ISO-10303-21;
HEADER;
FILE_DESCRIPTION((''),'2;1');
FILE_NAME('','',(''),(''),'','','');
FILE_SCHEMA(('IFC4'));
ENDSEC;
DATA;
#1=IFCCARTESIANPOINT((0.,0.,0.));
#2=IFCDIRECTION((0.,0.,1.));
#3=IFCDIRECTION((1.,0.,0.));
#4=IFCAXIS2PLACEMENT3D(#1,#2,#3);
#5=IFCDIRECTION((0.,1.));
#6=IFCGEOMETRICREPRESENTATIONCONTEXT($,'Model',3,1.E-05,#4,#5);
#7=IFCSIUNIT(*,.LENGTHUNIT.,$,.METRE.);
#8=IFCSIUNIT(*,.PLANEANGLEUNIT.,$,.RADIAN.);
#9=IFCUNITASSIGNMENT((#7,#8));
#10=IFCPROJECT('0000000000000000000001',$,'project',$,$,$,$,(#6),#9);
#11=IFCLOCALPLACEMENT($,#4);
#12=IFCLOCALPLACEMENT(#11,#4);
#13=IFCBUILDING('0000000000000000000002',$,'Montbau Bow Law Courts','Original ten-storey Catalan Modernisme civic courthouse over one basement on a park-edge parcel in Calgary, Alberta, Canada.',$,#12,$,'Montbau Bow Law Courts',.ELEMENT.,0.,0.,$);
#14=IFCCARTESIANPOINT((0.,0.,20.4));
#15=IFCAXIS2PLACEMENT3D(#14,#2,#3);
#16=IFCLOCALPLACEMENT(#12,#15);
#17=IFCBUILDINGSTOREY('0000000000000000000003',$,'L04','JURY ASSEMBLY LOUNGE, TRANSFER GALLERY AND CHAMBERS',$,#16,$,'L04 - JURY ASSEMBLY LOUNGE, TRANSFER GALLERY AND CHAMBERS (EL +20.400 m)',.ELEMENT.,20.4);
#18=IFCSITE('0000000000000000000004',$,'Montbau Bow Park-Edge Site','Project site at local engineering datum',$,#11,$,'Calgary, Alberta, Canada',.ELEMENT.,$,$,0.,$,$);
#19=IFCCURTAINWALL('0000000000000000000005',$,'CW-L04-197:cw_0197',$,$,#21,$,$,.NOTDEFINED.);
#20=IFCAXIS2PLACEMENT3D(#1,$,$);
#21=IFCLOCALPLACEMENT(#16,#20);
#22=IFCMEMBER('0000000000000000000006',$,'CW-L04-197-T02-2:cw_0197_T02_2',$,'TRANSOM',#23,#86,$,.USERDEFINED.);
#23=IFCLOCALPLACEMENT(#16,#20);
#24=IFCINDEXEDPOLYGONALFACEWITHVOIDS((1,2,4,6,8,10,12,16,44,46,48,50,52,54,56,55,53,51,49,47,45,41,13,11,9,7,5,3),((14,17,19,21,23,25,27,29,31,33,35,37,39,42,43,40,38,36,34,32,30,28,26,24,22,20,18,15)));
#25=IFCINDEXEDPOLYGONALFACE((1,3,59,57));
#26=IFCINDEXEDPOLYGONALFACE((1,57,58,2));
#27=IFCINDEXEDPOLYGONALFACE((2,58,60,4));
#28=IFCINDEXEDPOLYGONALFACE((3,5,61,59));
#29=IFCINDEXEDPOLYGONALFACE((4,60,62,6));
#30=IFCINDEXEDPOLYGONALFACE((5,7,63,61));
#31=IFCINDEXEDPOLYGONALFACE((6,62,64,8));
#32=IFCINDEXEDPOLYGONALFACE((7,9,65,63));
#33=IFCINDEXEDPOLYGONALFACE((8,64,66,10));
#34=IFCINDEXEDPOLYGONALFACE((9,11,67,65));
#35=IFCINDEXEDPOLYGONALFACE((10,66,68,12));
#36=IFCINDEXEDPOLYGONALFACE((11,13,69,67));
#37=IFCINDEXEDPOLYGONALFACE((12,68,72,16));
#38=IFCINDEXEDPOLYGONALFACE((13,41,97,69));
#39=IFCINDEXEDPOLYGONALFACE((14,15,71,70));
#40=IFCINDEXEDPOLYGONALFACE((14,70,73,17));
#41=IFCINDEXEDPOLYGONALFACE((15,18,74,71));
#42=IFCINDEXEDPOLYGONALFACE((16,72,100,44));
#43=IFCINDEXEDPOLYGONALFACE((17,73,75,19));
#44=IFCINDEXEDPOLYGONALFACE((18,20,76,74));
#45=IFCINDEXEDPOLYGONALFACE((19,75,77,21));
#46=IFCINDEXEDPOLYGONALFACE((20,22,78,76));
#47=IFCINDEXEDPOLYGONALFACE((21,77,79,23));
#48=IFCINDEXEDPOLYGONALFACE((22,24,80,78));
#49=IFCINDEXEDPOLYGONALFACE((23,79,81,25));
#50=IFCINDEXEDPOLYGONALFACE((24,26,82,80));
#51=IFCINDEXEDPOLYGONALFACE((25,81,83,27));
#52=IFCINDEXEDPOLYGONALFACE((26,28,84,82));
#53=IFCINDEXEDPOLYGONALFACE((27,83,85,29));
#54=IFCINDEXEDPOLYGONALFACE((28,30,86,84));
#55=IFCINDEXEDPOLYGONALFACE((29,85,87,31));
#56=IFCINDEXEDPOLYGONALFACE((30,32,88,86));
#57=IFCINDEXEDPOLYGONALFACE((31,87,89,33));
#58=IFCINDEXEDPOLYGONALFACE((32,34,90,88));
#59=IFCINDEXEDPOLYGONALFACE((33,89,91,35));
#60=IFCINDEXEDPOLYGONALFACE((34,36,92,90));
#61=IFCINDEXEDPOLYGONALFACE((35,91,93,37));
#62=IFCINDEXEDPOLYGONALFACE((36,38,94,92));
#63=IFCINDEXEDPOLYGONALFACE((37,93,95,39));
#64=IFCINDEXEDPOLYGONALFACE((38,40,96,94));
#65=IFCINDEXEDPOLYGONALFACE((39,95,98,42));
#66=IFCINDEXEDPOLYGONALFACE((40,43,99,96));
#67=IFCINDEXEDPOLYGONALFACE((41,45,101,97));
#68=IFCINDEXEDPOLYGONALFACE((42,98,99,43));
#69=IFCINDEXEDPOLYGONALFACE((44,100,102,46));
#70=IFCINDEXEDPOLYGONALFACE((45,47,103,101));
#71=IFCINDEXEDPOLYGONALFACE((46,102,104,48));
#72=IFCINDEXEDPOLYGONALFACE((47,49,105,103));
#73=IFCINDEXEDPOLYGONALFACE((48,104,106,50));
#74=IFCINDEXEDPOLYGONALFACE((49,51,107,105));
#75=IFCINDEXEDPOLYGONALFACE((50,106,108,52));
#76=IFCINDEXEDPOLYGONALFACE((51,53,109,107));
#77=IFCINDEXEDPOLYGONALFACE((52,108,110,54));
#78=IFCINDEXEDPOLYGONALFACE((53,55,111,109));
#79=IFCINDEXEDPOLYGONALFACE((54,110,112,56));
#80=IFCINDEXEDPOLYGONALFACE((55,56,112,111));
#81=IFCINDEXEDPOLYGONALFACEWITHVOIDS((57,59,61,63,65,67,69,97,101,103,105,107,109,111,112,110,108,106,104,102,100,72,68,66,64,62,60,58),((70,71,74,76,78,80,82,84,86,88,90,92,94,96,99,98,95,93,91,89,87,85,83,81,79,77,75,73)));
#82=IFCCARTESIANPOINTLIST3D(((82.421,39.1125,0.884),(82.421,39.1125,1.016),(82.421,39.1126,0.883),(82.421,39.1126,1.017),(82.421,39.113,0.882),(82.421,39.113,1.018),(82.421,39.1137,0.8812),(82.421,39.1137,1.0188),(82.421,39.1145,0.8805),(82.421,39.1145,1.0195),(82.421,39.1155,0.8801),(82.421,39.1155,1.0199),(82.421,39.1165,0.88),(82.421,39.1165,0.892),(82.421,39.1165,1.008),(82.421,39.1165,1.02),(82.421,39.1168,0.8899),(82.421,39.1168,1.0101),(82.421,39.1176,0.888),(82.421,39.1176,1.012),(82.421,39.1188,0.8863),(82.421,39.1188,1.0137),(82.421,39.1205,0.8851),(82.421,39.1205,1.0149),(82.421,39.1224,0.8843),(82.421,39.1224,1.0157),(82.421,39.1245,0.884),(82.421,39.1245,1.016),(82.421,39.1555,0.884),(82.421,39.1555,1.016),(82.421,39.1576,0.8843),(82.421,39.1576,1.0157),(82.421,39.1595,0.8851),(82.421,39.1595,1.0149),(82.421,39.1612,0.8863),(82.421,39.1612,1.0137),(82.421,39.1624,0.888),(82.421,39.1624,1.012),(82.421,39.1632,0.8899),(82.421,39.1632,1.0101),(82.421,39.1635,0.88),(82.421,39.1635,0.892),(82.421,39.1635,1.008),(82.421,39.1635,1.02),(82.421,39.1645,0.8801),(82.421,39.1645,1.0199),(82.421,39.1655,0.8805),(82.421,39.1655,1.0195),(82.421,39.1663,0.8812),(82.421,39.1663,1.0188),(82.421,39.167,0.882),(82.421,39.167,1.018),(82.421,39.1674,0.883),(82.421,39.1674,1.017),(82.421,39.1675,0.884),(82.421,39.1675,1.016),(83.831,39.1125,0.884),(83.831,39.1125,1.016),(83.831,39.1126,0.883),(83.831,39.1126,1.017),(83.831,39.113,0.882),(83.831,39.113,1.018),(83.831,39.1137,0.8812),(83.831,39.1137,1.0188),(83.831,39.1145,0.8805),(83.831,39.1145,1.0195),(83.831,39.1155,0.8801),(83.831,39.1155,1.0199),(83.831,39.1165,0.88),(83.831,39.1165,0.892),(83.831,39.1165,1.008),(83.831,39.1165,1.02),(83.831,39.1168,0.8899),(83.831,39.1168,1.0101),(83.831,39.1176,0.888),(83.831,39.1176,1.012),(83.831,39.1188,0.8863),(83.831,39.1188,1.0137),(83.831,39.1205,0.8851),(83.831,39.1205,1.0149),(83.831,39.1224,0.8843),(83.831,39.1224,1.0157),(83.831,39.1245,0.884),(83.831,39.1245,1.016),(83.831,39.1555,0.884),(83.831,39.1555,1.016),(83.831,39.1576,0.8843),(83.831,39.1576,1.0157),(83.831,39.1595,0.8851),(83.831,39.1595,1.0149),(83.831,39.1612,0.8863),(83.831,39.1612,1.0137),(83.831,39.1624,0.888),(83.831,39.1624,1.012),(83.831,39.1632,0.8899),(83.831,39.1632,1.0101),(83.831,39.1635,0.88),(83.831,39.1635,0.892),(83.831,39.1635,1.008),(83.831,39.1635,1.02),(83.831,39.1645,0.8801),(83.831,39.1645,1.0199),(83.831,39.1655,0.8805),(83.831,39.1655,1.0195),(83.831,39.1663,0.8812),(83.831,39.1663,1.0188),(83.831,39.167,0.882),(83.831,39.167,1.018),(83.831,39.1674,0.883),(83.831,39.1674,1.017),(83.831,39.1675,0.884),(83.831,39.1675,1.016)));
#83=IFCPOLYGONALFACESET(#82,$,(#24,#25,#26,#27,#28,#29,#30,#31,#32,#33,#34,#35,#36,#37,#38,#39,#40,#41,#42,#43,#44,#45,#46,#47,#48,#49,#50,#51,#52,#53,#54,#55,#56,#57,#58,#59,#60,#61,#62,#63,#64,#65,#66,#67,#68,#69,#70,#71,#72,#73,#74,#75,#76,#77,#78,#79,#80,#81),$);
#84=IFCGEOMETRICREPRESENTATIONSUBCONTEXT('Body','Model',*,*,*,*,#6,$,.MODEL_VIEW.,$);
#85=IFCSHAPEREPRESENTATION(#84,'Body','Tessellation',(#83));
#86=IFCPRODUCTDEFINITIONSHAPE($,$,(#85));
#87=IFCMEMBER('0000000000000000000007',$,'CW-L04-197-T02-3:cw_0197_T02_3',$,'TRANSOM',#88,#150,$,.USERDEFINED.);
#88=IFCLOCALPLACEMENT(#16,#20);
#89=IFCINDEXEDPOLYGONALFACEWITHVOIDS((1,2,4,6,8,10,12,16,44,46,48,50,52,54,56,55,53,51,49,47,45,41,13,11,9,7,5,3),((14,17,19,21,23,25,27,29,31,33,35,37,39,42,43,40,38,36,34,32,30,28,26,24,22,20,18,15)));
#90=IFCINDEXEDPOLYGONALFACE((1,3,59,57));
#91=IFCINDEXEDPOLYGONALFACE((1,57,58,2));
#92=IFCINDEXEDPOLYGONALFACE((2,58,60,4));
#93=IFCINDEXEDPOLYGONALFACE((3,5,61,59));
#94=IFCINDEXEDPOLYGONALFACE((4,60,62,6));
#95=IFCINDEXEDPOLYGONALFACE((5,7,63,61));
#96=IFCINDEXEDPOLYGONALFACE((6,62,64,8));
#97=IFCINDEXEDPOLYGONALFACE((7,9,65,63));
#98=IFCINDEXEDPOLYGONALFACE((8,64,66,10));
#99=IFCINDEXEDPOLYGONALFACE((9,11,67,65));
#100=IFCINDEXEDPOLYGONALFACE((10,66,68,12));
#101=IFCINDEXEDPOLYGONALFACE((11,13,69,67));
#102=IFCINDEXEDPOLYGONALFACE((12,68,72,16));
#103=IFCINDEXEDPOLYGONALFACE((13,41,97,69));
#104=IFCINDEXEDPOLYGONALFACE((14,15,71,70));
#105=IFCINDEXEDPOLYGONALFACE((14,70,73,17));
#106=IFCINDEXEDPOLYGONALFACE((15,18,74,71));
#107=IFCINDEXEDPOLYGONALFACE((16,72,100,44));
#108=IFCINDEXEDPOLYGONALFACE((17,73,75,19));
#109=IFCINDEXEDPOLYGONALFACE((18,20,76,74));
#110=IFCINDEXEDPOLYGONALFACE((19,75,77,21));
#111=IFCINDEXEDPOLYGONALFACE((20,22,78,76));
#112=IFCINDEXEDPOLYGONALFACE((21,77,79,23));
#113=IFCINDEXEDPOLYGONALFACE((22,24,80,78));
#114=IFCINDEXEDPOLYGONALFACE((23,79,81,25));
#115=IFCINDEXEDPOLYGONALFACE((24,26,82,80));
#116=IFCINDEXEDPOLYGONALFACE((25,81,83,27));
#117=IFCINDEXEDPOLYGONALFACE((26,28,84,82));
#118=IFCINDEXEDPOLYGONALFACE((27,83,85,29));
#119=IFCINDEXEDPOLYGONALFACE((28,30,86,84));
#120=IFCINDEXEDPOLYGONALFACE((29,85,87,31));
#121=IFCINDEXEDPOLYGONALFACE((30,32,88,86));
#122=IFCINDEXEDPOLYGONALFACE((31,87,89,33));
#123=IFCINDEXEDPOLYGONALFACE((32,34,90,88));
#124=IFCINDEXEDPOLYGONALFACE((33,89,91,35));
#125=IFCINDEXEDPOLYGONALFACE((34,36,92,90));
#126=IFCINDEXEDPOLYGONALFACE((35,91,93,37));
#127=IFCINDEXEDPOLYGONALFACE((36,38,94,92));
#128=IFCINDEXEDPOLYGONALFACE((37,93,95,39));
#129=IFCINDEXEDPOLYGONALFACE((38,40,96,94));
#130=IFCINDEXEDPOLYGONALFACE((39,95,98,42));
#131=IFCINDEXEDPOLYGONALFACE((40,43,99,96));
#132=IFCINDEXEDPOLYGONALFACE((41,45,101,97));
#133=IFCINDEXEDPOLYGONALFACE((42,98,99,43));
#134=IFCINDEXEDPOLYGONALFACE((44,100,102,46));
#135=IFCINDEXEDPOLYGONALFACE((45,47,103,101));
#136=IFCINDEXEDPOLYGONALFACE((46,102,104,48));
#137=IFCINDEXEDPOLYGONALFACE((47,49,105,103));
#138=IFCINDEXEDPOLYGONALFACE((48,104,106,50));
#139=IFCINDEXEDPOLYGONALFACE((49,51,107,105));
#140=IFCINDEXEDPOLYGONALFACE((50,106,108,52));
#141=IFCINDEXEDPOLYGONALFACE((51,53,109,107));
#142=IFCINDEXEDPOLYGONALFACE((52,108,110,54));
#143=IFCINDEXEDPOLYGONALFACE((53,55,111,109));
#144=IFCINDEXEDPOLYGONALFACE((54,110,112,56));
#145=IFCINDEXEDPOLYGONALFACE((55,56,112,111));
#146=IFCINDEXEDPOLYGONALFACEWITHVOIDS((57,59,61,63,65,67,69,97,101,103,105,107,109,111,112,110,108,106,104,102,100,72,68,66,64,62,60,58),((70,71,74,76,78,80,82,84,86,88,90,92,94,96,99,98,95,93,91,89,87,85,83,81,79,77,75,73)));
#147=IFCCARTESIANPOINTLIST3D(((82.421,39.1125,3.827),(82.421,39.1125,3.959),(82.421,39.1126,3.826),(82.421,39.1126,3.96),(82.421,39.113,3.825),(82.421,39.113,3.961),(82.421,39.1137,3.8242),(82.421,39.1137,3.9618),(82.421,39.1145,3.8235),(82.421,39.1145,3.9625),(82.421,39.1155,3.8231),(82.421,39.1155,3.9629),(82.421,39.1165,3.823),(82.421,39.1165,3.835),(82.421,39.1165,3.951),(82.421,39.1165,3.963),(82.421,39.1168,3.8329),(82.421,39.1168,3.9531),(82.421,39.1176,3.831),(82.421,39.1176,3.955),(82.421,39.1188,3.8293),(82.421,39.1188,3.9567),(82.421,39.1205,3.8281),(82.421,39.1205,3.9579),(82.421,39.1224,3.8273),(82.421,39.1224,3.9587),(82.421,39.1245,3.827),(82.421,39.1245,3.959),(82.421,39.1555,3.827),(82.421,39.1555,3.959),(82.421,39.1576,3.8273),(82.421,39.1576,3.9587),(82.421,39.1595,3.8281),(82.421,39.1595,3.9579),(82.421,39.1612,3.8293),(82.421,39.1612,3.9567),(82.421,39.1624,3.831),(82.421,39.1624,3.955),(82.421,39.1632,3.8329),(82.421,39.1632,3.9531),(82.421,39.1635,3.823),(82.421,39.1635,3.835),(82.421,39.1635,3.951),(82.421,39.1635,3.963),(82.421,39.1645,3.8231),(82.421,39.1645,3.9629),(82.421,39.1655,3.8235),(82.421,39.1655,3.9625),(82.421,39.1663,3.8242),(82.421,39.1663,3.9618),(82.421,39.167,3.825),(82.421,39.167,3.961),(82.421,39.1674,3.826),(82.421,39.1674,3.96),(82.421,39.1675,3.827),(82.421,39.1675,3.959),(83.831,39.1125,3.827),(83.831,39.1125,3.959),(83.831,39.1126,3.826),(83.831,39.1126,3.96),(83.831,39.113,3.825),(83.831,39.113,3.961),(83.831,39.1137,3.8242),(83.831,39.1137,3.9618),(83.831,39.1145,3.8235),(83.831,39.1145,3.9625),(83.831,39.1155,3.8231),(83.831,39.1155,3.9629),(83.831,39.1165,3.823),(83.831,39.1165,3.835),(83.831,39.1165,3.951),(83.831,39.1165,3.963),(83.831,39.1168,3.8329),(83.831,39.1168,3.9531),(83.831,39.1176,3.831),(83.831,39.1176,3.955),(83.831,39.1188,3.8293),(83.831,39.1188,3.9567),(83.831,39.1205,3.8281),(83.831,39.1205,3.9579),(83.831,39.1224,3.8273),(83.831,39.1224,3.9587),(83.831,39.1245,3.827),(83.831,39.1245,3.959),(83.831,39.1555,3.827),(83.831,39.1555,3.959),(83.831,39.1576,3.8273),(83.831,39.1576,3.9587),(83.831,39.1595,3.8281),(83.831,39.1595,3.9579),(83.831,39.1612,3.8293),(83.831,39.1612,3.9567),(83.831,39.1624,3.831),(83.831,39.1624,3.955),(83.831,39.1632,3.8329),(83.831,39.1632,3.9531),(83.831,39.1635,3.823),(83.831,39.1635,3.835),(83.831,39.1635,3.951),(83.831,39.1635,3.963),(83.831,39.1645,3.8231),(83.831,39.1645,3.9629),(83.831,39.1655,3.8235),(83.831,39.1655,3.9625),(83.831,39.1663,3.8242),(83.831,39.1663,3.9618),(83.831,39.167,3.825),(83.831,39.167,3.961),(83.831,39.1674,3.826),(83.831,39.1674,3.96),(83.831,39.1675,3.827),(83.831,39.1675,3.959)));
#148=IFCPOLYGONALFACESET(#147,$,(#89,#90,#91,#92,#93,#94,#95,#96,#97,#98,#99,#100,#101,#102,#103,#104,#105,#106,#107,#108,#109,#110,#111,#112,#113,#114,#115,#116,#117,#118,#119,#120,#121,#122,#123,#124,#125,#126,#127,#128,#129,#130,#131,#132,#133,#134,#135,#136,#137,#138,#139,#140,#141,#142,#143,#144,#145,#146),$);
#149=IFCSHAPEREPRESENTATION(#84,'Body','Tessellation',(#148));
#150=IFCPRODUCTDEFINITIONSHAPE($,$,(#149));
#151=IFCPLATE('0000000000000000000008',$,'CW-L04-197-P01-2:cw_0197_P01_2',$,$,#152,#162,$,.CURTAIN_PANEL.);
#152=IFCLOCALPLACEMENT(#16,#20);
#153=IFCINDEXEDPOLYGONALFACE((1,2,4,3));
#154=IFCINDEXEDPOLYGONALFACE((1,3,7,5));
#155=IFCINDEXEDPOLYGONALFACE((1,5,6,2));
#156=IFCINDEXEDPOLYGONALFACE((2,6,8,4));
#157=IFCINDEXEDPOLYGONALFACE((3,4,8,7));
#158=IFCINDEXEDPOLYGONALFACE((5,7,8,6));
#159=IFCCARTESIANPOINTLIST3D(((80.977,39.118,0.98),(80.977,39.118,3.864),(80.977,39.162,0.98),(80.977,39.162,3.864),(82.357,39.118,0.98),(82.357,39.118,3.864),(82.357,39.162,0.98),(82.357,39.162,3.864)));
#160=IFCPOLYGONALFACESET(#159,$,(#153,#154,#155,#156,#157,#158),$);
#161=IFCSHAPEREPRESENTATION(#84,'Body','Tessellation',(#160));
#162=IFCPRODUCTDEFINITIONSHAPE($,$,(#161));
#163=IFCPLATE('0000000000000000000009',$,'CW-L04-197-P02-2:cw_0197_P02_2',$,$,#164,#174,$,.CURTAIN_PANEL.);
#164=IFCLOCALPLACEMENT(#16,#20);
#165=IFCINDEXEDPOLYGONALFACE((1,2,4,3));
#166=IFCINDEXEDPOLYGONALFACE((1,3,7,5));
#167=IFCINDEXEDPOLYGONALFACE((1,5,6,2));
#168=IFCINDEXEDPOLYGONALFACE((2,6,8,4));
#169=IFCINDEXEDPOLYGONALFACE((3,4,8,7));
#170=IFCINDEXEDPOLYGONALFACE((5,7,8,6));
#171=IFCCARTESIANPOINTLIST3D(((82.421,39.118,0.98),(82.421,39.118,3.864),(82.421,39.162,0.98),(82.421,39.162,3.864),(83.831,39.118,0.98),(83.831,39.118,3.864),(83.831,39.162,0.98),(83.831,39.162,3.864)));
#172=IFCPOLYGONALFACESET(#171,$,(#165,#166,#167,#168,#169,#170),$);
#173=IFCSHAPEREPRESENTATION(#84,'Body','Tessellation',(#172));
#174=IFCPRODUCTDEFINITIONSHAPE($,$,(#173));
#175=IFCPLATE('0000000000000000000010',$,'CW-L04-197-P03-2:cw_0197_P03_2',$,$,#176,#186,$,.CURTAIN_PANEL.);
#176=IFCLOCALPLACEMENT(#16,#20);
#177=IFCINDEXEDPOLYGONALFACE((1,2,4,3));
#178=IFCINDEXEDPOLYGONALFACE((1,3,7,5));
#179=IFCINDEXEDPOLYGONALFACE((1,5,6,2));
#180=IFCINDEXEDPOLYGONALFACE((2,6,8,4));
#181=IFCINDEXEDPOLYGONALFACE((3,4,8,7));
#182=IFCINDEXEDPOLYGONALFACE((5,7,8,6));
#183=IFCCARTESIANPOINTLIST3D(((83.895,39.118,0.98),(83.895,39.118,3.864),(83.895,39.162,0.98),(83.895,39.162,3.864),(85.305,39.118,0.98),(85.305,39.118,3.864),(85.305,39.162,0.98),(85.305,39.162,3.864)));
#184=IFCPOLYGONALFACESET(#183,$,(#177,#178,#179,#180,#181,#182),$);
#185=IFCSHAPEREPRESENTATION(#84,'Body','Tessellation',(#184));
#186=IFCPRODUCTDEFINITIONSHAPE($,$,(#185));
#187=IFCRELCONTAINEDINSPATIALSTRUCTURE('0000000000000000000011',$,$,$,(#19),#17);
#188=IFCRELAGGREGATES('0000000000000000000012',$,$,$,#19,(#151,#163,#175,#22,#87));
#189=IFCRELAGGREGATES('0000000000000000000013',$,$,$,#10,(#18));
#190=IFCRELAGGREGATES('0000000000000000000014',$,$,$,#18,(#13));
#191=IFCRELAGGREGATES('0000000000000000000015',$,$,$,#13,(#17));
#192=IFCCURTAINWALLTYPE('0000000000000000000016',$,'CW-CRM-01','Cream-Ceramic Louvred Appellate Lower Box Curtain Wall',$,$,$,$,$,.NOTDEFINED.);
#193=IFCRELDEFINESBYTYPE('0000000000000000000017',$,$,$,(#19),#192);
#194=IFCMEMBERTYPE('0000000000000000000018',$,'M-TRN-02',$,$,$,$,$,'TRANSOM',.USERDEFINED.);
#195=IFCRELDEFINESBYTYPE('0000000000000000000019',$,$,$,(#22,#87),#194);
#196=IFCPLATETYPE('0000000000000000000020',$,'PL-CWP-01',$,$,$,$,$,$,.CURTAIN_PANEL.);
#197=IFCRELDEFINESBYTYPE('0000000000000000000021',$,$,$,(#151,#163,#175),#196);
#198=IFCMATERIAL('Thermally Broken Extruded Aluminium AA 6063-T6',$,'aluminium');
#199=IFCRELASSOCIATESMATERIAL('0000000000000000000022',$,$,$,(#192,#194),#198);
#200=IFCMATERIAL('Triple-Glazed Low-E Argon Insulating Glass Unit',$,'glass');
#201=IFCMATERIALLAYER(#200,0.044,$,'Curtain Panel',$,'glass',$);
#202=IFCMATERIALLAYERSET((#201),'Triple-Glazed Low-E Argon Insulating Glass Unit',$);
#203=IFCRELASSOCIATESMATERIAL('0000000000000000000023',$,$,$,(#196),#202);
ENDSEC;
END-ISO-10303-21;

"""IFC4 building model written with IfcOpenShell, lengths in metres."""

from ifc_helpers import new_model, si_unit, direction, frame, frame_2d, origin_with_axes, origin_2d_with_axis, place, context, subcontext, project, spatial, rectangle, hollow_rectangle, extrude, material, layer, layer_set, material_profile, profile_set, type_object, element, aggregate, save


model = new_model("IFC4")

# Units and contexts
model_context = context("Model", 3, precision=1e-05, world=origin_with_axes(), true_north=direction((0.0, 1.0)))
body_context = subcontext(model_context, "Body", "Model", "MODEL_VIEW")
ifc_project = project(units=[si_unit("LENGTHUNIT", "METRE"), si_unit("PLANEANGLEUNIT", "RADIAN")], contexts=[model_context])

# Site, building, storey
site_placement = place(None, origin_with_axes())
site = spatial("IfcSite", under=ifc_project, at=site_placement, Name="Montbau Bow Park-Edge Site", Description="Project site at local engineering datum", LongName="Calgary, Alberta, Canada", CompositionType="ELEMENT", RefElevation=0.0)
building_placement = place(site_placement, origin_with_axes())
building = spatial("IfcBuilding", under=site, at=building_placement, Name="Montbau Bow Law Courts", Description="Original ten-storey Catalan Modernisme civic courthouse over one basement on a park-edge parcel in Calgary, Alberta, Canada.", LongName="Montbau Bow Law Courts", CompositionType="ELEMENT", ElevationOfRefHeight=0.0, ElevationOfTerrain=0.0)
storey_placement = place(building_placement, frame((0.0, 0.0, 20.4), z_axis=(0.0, 0.0, 1.0), x_axis=(1.0, 0.0, 0.0)))
storey = spatial("IfcBuildingStorey", under=building, at=storey_placement, Name="L04", Description="JURY ASSEMBLY LOUNGE, TRANSFER GALLERY AND CHAMBERS", LongName="L04 - JURY ASSEMBLY LOUNGE, TRANSFER GALLERY AND CHAMBERS (EL +20.400 m)", CompositionType="ELEMENT", Elevation=20.4)

# Shared definitions
ifc_material_1 = material(Name="Thermally Broken Extruded Aluminium AA 6063-T6", Category="aluminium")
curtain_wall_type = type_object("IfcCurtainWallType", Name="CW-CRM-01", Description="Cream-Ceramic Louvred Appellate Lower Box Curtain Wall", PredefinedType="NOTDEFINED", material=ifc_material_1)

# Curtain wall, members, plates
curtain_wall_1_placement = place(None, frame((80.915, 39.14, 20.4), z_axis=(0.0, 0.0, 1.0), x_axis=(1.0, 0.0, 0.0)))
curtain_wall_1 = element("IfcCurtainWall", 1, at=curtain_wall_1_placement, inside=storey, type_object=curtain_wall_type, Name="CW-L04-197:cw_0197", PredefinedType="NOTDEFINED")
ifc_material_profile_1 = material_profile(ifc_material_1, hollow_rectangle(XDim=0.055, YDim=0.14, WallThickness=0.004, InnerFilletRadius=0.008, OuterFilletRadius=0.004, at=origin_2d_with_axis()), Name="CWT-140X55", Category="Main", Priority=0)
ifc_profile_set_1 = profile_set([ifc_material_profile_1], Name="Thermally Broken Extruded Aluminium AA 6063-T6")
member_type_1 = type_object("IfcMemberType", Name="M-TRN-02", ElementType="TRANSOM", PredefinedType="USERDEFINED", material=ifc_profile_set_1)
member_1_placement = place(None, frame((82.421, 39.14, 21.35), z_axis=(1.0, 0.0, 0.0), x_axis=(0.0, 1.0, 0.0)))
member_1 = element("IfcMember", 2, at=member_1_placement, type_object=member_type_1, Name="CW-L04-197-T02-2:cw_0197_T02_2", ObjectType="TRANSOM", PredefinedType="USERDEFINED", context=body_context, shape_type="SweptSolid", body=[
    extrude(hollow_rectangle(XDim=0.055, YDim=0.14, WallThickness=0.004, InnerFilletRadius=0.008, OuterFilletRadius=0.004, at=origin_2d_with_axis()), origin_with_axes(), (0.0, 0.0, 1.0), 1.41),
])
member_2_placement = place(None, frame((82.421, 39.14, 24.293), z_axis=(1.0, 0.0, 0.0), x_axis=(0.0, 1.0, 0.0)))
member_2 = element("IfcMember", 3, at=member_2_placement, type_object=member_type_1, Name="CW-L04-197-T02-3:cw_0197_T02_3", ObjectType="TRANSOM", PredefinedType="USERDEFINED", context=body_context, shape_type="SweptSolid", body=[
    extrude(hollow_rectangle(XDim=0.055, YDim=0.14, WallThickness=0.004, InnerFilletRadius=0.008, OuterFilletRadius=0.004, at=origin_2d_with_axis()), origin_with_axes(), (0.0, 0.0, 1.0), 1.41),
])
ifc_material_2 = material(Name="Triple-Glazed Low-E Argon Insulating Glass Unit", Category="glass")
ifc_layer_1 = layer(ifc_material_2, 0.044, Name="Curtain Panel", Category="glass")
ifc_layer_set_1 = layer_set([ifc_layer_1], Name="Triple-Glazed Low-E Argon Insulating Glass Unit")
plate_type_1 = type_object("IfcPlateType", Name="PL-CWP-01", PredefinedType="CURTAIN_PANEL", material=ifc_layer_set_1)
plate_1_placement = place(None, frame((80.977, 39.14, 21.38), z_axis=(0.0, -1.0, 0.0), x_axis=(1.0, 0.0, 0.0)))
plate_1 = element("IfcPlate", 4, at=plate_1_placement, type_object=plate_type_1, Name="CW-L04-197-P01-2:cw_0197_P01_2", PredefinedType="CURTAIN_PANEL", context=body_context, shape_type="SweptSolid", body=[
    extrude(rectangle(XDim=1.38, YDim=2.884, at=frame_2d((0.69, 1.442), x_axis=(1.0, 0.0))), frame((0.0, 0.0, -0.022), z_axis=(0.0, 0.0, 1.0), x_axis=(1.0, 0.0, 0.0)), (0.0, 0.0, 1.0), 0.044),
])
plate_2_placement = place(None, frame((82.421, 39.14, 21.38), z_axis=(0.0, -1.0, 0.0), x_axis=(1.0, 0.0, 0.0)))
plate_2 = element("IfcPlate", 5, at=plate_2_placement, type_object=plate_type_1, Name="CW-L04-197-P02-2:cw_0197_P02_2", PredefinedType="CURTAIN_PANEL", context=body_context, shape_type="SweptSolid", body=[
    extrude(rectangle(XDim=1.41, YDim=2.884, at=frame_2d((0.705, 1.442), x_axis=(1.0, 0.0))), frame((0.0, 0.0, -0.022), z_axis=(0.0, 0.0, 1.0), x_axis=(1.0, 0.0, 0.0)), (0.0, 0.0, 1.0), 0.044),
])
plate_3_placement = place(None, frame((83.895, 39.14, 21.38), z_axis=(0.0, -1.0, 0.0), x_axis=(1.0, 0.0, 0.0)))
plate_3 = element("IfcPlate", 6, at=plate_3_placement, type_object=plate_type_1, Name="CW-L04-197-P03-2:cw_0197_P03_2", PredefinedType="CURTAIN_PANEL", context=body_context, shape_type="SweptSolid", body=[
    extrude(rectangle(XDim=1.41, YDim=2.884, at=frame_2d((0.705, 1.442), x_axis=(1.0, 0.0))), frame((0.0, 0.0, -0.022), z_axis=(0.0, 0.0, 1.0), x_axis=(1.0, 0.0, 0.0)), (0.0, 0.0, 1.0), 0.044),
])
aggregate(curtain_wall_1, [plate_1, plate_2, plate_3, member_1, member_2])

save(model, "model.ifc")
